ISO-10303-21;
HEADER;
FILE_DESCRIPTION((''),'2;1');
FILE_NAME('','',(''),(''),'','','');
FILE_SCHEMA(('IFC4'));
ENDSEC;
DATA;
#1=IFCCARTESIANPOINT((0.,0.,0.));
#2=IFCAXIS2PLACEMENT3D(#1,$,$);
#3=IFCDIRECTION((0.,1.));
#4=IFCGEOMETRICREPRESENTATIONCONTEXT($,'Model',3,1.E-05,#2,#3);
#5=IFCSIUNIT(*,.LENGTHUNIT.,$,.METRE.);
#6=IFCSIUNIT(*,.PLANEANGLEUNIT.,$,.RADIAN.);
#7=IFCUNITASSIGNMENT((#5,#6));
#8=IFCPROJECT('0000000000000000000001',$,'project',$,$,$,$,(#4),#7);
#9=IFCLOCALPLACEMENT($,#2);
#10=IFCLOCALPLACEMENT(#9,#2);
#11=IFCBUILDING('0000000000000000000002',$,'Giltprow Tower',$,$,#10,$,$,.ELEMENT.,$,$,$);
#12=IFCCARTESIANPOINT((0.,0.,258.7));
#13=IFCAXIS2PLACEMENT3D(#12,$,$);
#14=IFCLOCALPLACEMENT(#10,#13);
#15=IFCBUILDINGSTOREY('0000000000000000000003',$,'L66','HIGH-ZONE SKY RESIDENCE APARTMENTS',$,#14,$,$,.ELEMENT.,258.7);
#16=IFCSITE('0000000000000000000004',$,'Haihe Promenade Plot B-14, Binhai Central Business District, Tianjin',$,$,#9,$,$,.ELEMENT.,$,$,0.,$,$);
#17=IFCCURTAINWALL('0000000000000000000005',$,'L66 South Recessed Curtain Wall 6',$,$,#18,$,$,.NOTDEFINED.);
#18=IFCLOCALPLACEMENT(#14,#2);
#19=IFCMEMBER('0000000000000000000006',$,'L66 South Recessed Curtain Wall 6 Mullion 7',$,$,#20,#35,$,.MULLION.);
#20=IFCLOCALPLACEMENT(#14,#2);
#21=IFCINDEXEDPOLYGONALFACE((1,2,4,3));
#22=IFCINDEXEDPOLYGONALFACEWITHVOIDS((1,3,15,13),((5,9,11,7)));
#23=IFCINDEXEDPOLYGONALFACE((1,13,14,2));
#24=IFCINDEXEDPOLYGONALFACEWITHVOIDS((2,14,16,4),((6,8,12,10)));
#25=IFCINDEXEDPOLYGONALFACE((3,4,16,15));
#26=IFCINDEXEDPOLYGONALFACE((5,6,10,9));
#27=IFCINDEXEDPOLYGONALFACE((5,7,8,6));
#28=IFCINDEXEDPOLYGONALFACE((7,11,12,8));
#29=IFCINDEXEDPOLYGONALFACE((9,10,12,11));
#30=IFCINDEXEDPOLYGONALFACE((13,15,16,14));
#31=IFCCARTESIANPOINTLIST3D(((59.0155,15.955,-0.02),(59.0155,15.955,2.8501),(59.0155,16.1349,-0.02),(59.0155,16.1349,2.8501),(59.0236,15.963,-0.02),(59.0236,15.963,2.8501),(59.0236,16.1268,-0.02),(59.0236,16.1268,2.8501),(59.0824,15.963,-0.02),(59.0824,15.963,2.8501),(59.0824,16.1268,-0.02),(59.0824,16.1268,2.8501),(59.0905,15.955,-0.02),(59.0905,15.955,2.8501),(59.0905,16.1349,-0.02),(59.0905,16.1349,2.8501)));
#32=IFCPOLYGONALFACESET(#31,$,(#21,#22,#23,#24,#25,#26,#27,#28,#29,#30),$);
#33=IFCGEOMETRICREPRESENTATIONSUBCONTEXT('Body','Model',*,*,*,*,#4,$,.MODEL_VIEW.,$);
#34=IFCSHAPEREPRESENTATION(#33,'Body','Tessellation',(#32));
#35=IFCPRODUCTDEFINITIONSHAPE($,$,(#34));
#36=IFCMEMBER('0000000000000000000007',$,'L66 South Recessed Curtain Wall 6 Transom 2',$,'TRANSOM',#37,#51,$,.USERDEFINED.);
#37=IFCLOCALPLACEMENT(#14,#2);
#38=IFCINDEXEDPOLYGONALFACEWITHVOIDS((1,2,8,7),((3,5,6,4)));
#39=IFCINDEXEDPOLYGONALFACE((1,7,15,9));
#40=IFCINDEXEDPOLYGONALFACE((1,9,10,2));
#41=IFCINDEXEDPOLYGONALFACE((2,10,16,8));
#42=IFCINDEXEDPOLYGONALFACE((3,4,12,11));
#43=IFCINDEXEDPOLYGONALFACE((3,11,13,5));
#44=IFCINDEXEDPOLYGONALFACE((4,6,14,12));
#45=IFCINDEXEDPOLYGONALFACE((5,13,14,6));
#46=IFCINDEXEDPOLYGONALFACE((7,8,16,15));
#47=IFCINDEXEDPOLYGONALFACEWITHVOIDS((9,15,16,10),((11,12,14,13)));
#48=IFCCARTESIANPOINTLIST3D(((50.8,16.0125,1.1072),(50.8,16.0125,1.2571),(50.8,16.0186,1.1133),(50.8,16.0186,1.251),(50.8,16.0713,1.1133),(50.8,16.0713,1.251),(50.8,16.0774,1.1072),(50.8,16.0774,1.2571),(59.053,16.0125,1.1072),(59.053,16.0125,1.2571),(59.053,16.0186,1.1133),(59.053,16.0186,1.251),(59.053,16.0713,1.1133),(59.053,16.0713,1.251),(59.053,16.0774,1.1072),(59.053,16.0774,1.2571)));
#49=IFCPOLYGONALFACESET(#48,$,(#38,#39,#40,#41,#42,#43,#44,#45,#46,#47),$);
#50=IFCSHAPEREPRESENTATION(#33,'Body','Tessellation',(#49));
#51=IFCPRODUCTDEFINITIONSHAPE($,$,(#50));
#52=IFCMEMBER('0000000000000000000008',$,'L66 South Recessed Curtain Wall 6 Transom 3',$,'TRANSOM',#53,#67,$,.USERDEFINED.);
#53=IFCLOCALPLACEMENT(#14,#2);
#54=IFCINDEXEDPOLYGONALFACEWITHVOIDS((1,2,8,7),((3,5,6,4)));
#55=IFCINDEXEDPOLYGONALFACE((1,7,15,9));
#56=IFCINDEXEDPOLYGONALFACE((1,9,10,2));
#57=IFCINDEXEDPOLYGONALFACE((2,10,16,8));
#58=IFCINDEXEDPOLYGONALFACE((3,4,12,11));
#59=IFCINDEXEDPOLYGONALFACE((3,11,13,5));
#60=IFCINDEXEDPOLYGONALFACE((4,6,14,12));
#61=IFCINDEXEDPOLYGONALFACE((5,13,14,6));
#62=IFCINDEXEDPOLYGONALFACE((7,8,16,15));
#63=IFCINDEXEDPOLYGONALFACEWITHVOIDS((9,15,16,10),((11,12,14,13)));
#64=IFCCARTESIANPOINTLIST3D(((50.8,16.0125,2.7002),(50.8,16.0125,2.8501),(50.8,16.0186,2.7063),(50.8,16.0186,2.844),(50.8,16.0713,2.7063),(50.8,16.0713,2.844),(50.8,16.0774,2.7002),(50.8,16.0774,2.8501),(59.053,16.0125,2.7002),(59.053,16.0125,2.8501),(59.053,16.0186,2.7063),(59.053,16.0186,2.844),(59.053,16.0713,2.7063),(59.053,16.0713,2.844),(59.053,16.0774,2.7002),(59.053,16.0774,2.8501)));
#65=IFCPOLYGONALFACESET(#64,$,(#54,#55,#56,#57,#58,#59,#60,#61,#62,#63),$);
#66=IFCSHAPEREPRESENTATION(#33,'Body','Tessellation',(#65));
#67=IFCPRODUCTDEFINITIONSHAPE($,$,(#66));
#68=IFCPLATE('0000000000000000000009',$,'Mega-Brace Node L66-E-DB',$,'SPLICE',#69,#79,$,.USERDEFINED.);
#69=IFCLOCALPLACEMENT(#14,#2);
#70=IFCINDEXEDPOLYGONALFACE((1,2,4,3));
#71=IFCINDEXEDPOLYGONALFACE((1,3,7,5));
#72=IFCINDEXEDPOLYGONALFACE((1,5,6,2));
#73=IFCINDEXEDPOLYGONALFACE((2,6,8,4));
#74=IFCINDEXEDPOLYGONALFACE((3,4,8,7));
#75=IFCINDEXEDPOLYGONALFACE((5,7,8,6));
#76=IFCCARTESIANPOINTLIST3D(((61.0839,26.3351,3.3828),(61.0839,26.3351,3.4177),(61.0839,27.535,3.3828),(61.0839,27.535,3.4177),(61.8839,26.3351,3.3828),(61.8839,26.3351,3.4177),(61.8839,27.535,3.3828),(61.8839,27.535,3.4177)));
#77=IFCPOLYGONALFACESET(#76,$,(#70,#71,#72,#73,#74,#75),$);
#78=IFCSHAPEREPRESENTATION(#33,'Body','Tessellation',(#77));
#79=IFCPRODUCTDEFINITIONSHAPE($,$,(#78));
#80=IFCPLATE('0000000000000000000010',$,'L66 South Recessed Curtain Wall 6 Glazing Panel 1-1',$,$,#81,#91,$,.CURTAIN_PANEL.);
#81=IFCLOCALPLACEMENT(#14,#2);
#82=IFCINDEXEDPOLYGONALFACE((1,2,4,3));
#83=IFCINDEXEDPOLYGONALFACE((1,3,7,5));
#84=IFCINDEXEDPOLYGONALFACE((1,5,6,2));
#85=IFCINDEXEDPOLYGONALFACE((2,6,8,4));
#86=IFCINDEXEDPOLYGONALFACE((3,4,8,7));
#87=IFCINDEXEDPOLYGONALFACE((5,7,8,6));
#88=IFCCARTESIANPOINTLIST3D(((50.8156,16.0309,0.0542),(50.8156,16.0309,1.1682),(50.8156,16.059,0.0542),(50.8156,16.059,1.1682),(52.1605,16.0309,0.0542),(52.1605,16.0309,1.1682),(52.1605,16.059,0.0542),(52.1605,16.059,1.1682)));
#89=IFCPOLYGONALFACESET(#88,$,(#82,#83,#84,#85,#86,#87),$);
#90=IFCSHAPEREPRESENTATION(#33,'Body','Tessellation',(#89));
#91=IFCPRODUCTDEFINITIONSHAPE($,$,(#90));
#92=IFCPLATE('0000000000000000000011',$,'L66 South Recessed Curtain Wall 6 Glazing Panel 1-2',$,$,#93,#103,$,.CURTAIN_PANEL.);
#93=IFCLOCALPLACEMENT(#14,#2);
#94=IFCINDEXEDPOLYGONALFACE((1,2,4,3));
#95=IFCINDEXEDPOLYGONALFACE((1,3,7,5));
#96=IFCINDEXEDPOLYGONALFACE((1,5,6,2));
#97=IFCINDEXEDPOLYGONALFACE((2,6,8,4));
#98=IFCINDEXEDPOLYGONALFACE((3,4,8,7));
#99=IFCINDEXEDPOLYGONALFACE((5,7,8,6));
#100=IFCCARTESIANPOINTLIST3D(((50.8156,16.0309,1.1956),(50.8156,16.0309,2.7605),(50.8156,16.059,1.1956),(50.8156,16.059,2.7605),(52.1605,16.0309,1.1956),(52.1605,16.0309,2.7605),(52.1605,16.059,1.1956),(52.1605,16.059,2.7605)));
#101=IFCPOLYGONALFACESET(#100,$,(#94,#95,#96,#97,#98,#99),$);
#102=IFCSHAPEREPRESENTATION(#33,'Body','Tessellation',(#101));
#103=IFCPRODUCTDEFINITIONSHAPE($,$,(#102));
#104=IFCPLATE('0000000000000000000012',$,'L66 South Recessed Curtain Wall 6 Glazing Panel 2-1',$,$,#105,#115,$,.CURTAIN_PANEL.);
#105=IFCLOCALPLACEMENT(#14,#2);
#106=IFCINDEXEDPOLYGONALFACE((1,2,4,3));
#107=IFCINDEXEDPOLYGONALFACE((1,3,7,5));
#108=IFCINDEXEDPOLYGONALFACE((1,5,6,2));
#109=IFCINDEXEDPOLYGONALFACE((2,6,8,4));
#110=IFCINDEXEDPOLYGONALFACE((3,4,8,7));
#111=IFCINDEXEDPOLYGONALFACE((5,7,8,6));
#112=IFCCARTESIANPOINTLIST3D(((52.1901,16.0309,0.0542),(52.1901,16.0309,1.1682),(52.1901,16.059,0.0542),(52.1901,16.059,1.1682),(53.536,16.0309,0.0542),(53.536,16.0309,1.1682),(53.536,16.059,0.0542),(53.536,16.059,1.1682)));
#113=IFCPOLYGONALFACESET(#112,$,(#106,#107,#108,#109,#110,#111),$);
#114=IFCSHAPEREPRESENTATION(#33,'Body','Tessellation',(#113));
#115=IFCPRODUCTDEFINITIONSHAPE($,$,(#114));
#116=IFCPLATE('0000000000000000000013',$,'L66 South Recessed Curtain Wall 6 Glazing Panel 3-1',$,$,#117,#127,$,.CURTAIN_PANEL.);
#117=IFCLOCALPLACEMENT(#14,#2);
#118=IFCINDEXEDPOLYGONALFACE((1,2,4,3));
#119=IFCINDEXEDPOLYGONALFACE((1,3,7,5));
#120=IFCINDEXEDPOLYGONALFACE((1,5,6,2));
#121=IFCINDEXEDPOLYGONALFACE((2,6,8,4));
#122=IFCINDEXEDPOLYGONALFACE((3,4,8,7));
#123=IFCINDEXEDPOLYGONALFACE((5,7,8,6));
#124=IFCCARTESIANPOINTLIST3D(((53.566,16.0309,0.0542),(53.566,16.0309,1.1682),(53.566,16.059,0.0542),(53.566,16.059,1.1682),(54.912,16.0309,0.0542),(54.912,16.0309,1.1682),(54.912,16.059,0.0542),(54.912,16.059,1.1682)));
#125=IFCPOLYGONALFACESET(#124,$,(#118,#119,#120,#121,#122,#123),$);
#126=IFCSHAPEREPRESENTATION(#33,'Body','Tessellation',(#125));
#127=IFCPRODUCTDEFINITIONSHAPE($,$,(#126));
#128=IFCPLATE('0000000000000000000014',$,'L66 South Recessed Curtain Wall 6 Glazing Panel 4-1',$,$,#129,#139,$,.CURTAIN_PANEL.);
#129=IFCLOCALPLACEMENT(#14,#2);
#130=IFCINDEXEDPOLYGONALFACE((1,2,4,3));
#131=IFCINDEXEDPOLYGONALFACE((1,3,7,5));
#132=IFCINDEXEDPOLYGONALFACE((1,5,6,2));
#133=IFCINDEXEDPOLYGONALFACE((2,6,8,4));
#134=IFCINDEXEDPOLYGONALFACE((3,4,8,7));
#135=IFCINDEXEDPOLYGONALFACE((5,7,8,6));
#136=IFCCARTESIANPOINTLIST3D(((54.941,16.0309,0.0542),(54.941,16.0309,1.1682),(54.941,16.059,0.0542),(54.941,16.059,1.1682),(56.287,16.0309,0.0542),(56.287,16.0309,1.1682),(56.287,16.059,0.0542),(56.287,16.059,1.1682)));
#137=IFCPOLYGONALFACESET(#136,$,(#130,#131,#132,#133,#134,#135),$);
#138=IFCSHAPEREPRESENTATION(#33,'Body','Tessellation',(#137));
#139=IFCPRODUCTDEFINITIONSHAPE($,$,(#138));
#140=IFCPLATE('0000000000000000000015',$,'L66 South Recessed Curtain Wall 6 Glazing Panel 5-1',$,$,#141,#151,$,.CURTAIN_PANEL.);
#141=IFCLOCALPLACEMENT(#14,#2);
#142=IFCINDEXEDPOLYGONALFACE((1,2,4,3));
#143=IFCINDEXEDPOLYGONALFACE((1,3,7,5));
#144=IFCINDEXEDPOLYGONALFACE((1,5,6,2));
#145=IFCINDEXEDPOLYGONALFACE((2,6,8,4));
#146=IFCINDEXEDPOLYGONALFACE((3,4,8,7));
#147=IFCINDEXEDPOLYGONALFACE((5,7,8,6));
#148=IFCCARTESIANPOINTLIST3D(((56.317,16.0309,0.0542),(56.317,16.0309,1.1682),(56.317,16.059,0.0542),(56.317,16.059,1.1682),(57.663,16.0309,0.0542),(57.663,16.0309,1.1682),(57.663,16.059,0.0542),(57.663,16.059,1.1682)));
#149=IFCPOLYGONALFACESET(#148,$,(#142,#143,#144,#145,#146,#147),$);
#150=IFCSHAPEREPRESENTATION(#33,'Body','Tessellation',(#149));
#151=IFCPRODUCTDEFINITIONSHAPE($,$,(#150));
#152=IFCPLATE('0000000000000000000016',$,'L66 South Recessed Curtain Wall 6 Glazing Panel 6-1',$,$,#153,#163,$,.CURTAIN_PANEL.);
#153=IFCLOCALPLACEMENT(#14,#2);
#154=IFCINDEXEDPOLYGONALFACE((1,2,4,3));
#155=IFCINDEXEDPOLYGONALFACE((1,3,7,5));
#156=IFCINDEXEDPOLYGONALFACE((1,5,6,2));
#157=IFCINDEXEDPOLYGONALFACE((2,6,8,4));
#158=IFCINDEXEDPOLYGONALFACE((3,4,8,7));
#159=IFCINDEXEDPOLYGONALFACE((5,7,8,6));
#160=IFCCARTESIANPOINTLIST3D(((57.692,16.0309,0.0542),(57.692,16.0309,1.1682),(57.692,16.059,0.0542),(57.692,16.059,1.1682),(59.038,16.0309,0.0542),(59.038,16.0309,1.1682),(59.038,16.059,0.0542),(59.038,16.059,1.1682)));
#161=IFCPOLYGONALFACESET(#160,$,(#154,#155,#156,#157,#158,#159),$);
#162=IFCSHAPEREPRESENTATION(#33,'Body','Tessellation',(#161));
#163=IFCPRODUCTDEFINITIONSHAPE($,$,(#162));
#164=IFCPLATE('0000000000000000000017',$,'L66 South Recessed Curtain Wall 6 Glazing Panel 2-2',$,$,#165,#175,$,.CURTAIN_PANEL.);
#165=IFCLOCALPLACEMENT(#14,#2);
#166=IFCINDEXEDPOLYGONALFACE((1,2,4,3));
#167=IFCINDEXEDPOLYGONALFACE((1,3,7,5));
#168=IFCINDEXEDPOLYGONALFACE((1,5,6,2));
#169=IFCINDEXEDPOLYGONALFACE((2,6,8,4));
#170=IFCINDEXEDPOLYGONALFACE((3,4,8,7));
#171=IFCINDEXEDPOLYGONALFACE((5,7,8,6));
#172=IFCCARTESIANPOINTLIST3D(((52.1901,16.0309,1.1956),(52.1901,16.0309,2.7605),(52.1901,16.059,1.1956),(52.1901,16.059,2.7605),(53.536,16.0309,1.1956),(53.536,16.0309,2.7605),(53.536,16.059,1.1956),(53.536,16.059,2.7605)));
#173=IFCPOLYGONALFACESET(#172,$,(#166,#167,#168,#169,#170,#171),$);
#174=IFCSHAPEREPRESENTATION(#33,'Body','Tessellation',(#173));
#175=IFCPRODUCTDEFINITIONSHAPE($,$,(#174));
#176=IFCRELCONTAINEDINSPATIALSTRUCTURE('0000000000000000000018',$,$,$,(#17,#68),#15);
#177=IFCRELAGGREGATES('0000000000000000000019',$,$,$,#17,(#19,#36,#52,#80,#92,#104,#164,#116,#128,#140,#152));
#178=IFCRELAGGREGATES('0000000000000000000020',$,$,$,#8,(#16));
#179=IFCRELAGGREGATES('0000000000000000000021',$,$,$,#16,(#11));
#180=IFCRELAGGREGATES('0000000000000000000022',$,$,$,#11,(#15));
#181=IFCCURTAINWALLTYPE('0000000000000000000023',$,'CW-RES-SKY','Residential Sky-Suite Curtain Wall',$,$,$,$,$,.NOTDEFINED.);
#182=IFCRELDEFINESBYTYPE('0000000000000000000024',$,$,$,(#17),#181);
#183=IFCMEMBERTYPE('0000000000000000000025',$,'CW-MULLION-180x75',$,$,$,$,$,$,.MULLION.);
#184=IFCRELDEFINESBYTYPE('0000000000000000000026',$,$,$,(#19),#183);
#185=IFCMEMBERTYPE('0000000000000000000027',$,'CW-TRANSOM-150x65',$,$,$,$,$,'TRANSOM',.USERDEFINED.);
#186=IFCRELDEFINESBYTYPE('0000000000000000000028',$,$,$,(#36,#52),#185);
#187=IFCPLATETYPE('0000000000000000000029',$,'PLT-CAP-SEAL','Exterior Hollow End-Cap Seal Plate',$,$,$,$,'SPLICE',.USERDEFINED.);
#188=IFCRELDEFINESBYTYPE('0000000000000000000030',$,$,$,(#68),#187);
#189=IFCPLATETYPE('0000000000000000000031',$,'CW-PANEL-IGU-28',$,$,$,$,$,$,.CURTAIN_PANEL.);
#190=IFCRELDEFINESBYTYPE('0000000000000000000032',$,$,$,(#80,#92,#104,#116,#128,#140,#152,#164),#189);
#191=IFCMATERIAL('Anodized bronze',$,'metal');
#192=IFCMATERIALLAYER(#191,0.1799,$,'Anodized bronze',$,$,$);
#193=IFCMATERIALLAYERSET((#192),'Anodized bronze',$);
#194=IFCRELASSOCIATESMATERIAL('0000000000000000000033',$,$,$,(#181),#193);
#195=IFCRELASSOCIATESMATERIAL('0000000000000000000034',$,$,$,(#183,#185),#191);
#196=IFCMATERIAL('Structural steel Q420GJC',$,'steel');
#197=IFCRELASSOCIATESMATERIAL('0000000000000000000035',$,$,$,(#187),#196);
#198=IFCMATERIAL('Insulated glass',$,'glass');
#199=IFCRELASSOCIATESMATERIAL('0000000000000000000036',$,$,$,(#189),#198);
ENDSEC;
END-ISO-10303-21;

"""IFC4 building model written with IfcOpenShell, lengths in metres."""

from ifc_helpers import new_model, si_unit, direction, frame, origin, origin_2d, place, context, subcontext, project, spatial, rectangle, hollow_rectangle, extrude, source, transform, mapped, material, layer, layer_set, material_profile, profile_set, type_object, element, aggregate, save


model = new_model("IFC4")

# Units and contexts
model_context = context("Model", 3, precision=1e-05, world=origin(), true_north=direction((0.0, 1.0)))
body_context = subcontext(model_context, "Body", "Model", "MODEL_VIEW")
ifc_project = project(units=[si_unit("LENGTHUNIT", "METRE"), si_unit("PLANEANGLEUNIT", "RADIAN")], contexts=[model_context])

# Site, building, storey
site_placement = place(None, origin())
site = spatial("IfcSite", under=ifc_project, at=site_placement, Name="Haihe Promenade Plot B-14, Binhai Central Business District, Tianjin", CompositionType="ELEMENT", RefElevation=0.0)
building_placement = place(site_placement, origin())
building = spatial("IfcBuilding", under=site, at=building_placement, Name="Giltprow Tower", CompositionType="ELEMENT")
storey_placement = place(building_placement, frame((0.0, 0.0, 258.7)))
storey = spatial("IfcBuildingStorey", under=building, at=storey_placement, Name="L66", Description="HIGH-ZONE SKY RESIDENCE APARTMENTS", CompositionType="ELEMENT", Elevation=258.7)

# Shared definitions
ifc_material_1 = material(Name="Structural steel Q420GJC", Category="steel")

# Curtain wall, members
ifc_material_2 = material(Name="Anodized bronze", Category="metal")
ifc_layer_1 = layer(ifc_material_2, 0.1799, Name="Anodized bronze")
ifc_layer_set_1 = layer_set([ifc_layer_1], Name="Anodized bronze")
curtain_wall_type = type_object("IfcCurtainWallType", Name="CW-RES-SKY", Description="Residential Sky-Suite Curtain Wall", PredefinedType="NOTDEFINED", material=ifc_layer_set_1)
curtain_wall_placement = place(storey_placement, origin())
curtain_wall = element("IfcCurtainWall", 1, at=curtain_wall_placement, inside=storey, type_object=curtain_wall_type, Name="L66 South Recessed Curtain Wall 6", PredefinedType="NOTDEFINED")
ifc_material_profile_1 = material_profile(ifc_material_2, hollow_rectangle(XDim=0.075, YDim=0.1799, WallThickness=0.0081, at=origin_2d()), Name="RHS 180x75x8")
ifc_profile_set_1 = profile_set([ifc_material_profile_1], Name="Anodized bronze")
member_type_1 = type_object("IfcMemberType", Name="CW-MULLION-180x75", PredefinedType="MULLION", material=ifc_profile_set_1)
shared_shape_1 = source(origin(), body_context, "Body", "SweptSolid", [
    extrude(hollow_rectangle(XDim=0.075, YDim=0.1799, WallThickness=0.0081, at=origin_2d()), origin(), (0.0, 0.0, 1.0), 2.8701),
])
member_1_placement = place(storey_placement, frame((59.053, 16.0449, -0.02), z_axis=(0.0, 0.0, 1.0), x_axis=(1.0, 0.0, 0.0)))
member_1 = element("IfcMember", 2, at=member_1_placement, type_object=member_type_1, Name="L66 South Recessed Curtain Wall 6 Mullion 7", PredefinedType="MULLION", context=body_context, shape_type="MappedRepresentation", body=[
    mapped(shared_shape_1, transform((0.0, 0.0, 0.0), x_axis=(1.0, 0.0, 0.0), y_axis=(0.0, 1.0, 0.0), z_axis=(0.0, 0.0, 1.0), scale=1.0)),
])
ifc_material_profile_2 = material_profile(ifc_material_2, hollow_rectangle(XDim=0.0649, YDim=0.1499, WallThickness=0.0061, at=origin_2d()), Name="RHS 150x65x6")
ifc_profile_set_2 = profile_set([ifc_material_profile_2], Name="Anodized bronze")
member_type_2 = type_object("IfcMemberType", Name="CW-TRANSOM-150x65", ElementType="TRANSOM", PredefinedType="USERDEFINED", material=ifc_profile_set_2)
shared_shape_2 = source(origin(), body_context, "Body", "SweptSolid", [
    extrude(hollow_rectangle(XDim=0.0649, YDim=0.1499, WallThickness=0.0061, at=origin_2d()), origin(), (0.0, 0.0, 1.0), 8.2529),
])
member_2_placement = place(storey_placement, frame((50.8, 16.0449, 1.1821), z_axis=(1.0, 0.0, 0.0), x_axis=(0.0, 1.0, 0.0)))
member_2 = element("IfcMember", 3, at=member_2_placement, type_object=member_type_2, Name="L66 South Recessed Curtain Wall 6 Transom 2", ObjectType="TRANSOM", PredefinedType="USERDEFINED", context=body_context, shape_type="MappedRepresentation", body=[
    mapped(shared_shape_2, transform((0.0, 0.0, 0.0), x_axis=(1.0, 0.0, 0.0), y_axis=(0.0, 1.0, 0.0), z_axis=(0.0, 0.0, 1.0), scale=1.0)),
])
member_3_placement = place(storey_placement, frame((50.8, 16.0449, 2.7751), z_axis=(1.0, 0.0, 0.0), x_axis=(0.0, 1.0, 0.0)))
member_3 = element("IfcMember", 4, at=member_3_placement, type_object=member_type_2, Name="L66 South Recessed Curtain Wall 6 Transom 3", ObjectType="TRANSOM", PredefinedType="USERDEFINED", context=body_context, shape_type="MappedRepresentation", body=[
    mapped(shared_shape_2, transform((0.0, 0.0, 0.0), x_axis=(1.0, 0.0, 0.0), y_axis=(0.0, 1.0, 0.0), z_axis=(0.0, 0.0, 1.0), scale=1.0)),
])

# Plates
plate_type_1 = type_object("IfcPlateType", Name="PLT-CAP-SEAL", Description="Exterior Hollow End-Cap Seal Plate", ElementType="SPLICE", PredefinedType="USERDEFINED", material=ifc_material_1)
shared_shape_3 = source(origin(), body_context, "Body", "SweptSolid", [
    extrude(rectangle(XDim=1.2, YDim=0.8, at=origin_2d()), origin(), (0.0, 0.0, 1.0), 0.0349),
])
plate_1_placement = place(storey_placement, frame((61.4839, 26.9351, 3.3828), z_axis=(0.0, 0.0, 1.0), x_axis=(0.0, 1.0, 0.0)))
element("IfcPlate", 5, at=plate_1_placement, inside=storey, type_object=plate_type_1, Name="Mega-Brace Node L66-E-DB", ObjectType="SPLICE", PredefinedType="USERDEFINED", context=body_context, shape_type="MappedRepresentation", body=[
    mapped(shared_shape_3, transform((0.0, 0.0, 0.0), x_axis=(1.0, 0.0, 0.0), y_axis=(0.0, 1.0, 0.0), z_axis=(0.0, 0.0, 1.0), scale=1.0)),
])
ifc_material_3 = material(Name="Insulated glass", Category="glass")
plate_type_2 = type_object("IfcPlateType", Name="CW-PANEL-IGU-28", PredefinedType="CURTAIN_PANEL", material=ifc_material_3)
shared_shape_4 = source(origin(), body_context, "Body", "SweptSolid", [
    extrude(rectangle(XDim=1.345, YDim=0.0281, at=origin_2d()), origin(), (0.0, 0.0, 1.0), 1.114),
])
plate_2_placement = place(storey_placement, frame((51.488, 16.0449, 0.0542), z_axis=(0.0, 0.0, 1.0), x_axis=(1.0, 0.0, 0.0)))
plate_2 = element("IfcPlate", 6, at=plate_2_placement, type_object=plate_type_2, Name="L66 South Recessed Curtain Wall 6 Glazing Panel 1-1", PredefinedType="CURTAIN_PANEL", context=body_context, shape_type="MappedRepresentation", body=[
    mapped(shared_shape_4, transform((0.0, 0.0, 0.0), x_axis=(1.0, 0.0, 0.0), y_axis=(0.0, 1.0, 0.0), z_axis=(0.0, 0.0, 1.0), scale=1.0)),
])
shared_shape_5 = source(origin(), body_context, "Body", "SweptSolid", [
    extrude(rectangle(XDim=1.345, YDim=0.0281, at=origin_2d()), origin(), (0.0, 0.0, 1.0), 1.5649),
])
plate_3_placement = place(storey_placement, frame((51.488, 16.0449, 1.1956), z_axis=(0.0, 0.0, 1.0), x_axis=(1.0, 0.0, 0.0)))
plate_3 = element("IfcPlate", 7, at=plate_3_placement, type_object=plate_type_2, Name="L66 South Recessed Curtain Wall 6 Glazing Panel 1-2", PredefinedType="CURTAIN_PANEL", context=body_context, shape_type="MappedRepresentation", body=[
    mapped(shared_shape_5, transform((0.0, 0.0, 0.0), x_axis=(1.0, 0.0, 0.0), y_axis=(0.0, 1.0, 0.0), z_axis=(0.0, 0.0, 1.0), scale=1.0)),
])
shared_shape_6 = source(origin(), body_context, "Body", "SweptSolid", [
    extrude(rectangle(XDim=1.3459, YDim=0.0281, at=origin_2d()), origin(), (0.0, 0.0, 1.0), 1.114),
])
plate_4_placement = place(storey_placement, frame((52.863, 16.0449, 0.0542), z_axis=(0.0, 0.0, 1.0), x_axis=(1.0, 0.0, 0.0)))
plate_4 = element("IfcPlate", 8, at=plate_4_placement, type_object=plate_type_2, Name="L66 South Recessed Curtain Wall 6 Glazing Panel 2-1", PredefinedType="CURTAIN_PANEL", context=body_context, shape_type="MappedRepresentation", body=[
    mapped(shared_shape_6, transform((0.0, 0.0, 0.0), x_axis=(1.0, 0.0, 0.0), y_axis=(0.0, 1.0, 0.0), z_axis=(0.0, 0.0, 1.0), scale=1.0)),
])
plate_5_placement = place(storey_placement, frame((54.239, 16.0449, 0.0542), z_axis=(0.0, 0.0, 1.0), x_axis=(1.0, 0.0, 0.0)))
plate_5 = element("IfcPlate", 9, at=plate_5_placement, type_object=plate_type_2, Name="L66 South Recessed Curtain Wall 6 Glazing Panel 3-1", PredefinedType="CURTAIN_PANEL", context=body_context, shape_type="MappedRepresentation", body=[
    mapped(shared_shape_6, transform((0.0, 0.0, 0.0), x_axis=(1.0, 0.0, 0.0), y_axis=(0.0, 1.0, 0.0), z_axis=(0.0, 0.0, 1.0), scale=1.0)),
])
plate_6_placement = place(storey_placement, frame((55.614, 16.0449, 0.0542), z_axis=(0.0, 0.0, 1.0), x_axis=(1.0, 0.0, 0.0)))
plate_6 = element("IfcPlate", 10, at=plate_6_placement, type_object=plate_type_2, Name="L66 South Recessed Curtain Wall 6 Glazing Panel 4-1", PredefinedType="CURTAIN_PANEL", context=body_context, shape_type="MappedRepresentation", body=[
    mapped(shared_shape_6, transform((0.0, 0.0, 0.0), x_axis=(1.0, 0.0, 0.0), y_axis=(0.0, 1.0, 0.0), z_axis=(0.0, 0.0, 1.0), scale=1.0)),
])
plate_7_placement = place(storey_placement, frame((56.99, 16.0449, 0.0542), z_axis=(0.0, 0.0, 1.0), x_axis=(1.0, 0.0, 0.0)))
plate_7 = element("IfcPlate", 11, at=plate_7_placement, type_object=plate_type_2, Name="L66 South Recessed Curtain Wall 6 Glazing Panel 5-1", PredefinedType="CURTAIN_PANEL", context=body_context, shape_type="MappedRepresentation", body=[
    mapped(shared_shape_6, transform((0.0, 0.0, 0.0), x_axis=(1.0, 0.0, 0.0), y_axis=(0.0, 1.0, 0.0), z_axis=(0.0, 0.0, 1.0), scale=1.0)),
])
plate_8_placement = place(storey_placement, frame((58.365, 16.0449, 0.0542), z_axis=(0.0, 0.0, 1.0), x_axis=(1.0, 0.0, 0.0)))
plate_8 = element("IfcPlate", 12, at=plate_8_placement, type_object=plate_type_2, Name="L66 South Recessed Curtain Wall 6 Glazing Panel 6-1", PredefinedType="CURTAIN_PANEL", context=body_context, shape_type="MappedRepresentation", body=[
    mapped(shared_shape_6, transform((0.0, 0.0, 0.0), x_axis=(1.0, 0.0, 0.0), y_axis=(0.0, 1.0, 0.0), z_axis=(0.0, 0.0, 1.0), scale=1.0)),
])
shared_shape_7 = source(origin(), body_context, "Body", "SweptSolid", [
    extrude(rectangle(XDim=1.3459, YDim=0.0281, at=origin_2d()), origin(), (0.0, 0.0, 1.0), 1.5649),
])
plate_9_placement = place(storey_placement, frame((52.863, 16.0449, 1.1956), z_axis=(0.0, 0.0, 1.0), x_axis=(1.0, 0.0, 0.0)))
plate_9 = element("IfcPlate", 13, at=plate_9_placement, type_object=plate_type_2, Name="L66 South Recessed Curtain Wall 6 Glazing Panel 2-2", PredefinedType="CURTAIN_PANEL", context=body_context, shape_type="MappedRepresentation", body=[
    mapped(shared_shape_7, transform((0.0, 0.0, 0.0), x_axis=(1.0, 0.0, 0.0), y_axis=(0.0, 1.0, 0.0), z_axis=(0.0, 0.0, 1.0), scale=1.0)),
])
aggregate(curtain_wall, [member_1, member_2, member_3, plate_2, plate_3, plate_4, plate_9, plate_5, plate_6, plate_7, plate_8])

save(model, "model.ifc")
